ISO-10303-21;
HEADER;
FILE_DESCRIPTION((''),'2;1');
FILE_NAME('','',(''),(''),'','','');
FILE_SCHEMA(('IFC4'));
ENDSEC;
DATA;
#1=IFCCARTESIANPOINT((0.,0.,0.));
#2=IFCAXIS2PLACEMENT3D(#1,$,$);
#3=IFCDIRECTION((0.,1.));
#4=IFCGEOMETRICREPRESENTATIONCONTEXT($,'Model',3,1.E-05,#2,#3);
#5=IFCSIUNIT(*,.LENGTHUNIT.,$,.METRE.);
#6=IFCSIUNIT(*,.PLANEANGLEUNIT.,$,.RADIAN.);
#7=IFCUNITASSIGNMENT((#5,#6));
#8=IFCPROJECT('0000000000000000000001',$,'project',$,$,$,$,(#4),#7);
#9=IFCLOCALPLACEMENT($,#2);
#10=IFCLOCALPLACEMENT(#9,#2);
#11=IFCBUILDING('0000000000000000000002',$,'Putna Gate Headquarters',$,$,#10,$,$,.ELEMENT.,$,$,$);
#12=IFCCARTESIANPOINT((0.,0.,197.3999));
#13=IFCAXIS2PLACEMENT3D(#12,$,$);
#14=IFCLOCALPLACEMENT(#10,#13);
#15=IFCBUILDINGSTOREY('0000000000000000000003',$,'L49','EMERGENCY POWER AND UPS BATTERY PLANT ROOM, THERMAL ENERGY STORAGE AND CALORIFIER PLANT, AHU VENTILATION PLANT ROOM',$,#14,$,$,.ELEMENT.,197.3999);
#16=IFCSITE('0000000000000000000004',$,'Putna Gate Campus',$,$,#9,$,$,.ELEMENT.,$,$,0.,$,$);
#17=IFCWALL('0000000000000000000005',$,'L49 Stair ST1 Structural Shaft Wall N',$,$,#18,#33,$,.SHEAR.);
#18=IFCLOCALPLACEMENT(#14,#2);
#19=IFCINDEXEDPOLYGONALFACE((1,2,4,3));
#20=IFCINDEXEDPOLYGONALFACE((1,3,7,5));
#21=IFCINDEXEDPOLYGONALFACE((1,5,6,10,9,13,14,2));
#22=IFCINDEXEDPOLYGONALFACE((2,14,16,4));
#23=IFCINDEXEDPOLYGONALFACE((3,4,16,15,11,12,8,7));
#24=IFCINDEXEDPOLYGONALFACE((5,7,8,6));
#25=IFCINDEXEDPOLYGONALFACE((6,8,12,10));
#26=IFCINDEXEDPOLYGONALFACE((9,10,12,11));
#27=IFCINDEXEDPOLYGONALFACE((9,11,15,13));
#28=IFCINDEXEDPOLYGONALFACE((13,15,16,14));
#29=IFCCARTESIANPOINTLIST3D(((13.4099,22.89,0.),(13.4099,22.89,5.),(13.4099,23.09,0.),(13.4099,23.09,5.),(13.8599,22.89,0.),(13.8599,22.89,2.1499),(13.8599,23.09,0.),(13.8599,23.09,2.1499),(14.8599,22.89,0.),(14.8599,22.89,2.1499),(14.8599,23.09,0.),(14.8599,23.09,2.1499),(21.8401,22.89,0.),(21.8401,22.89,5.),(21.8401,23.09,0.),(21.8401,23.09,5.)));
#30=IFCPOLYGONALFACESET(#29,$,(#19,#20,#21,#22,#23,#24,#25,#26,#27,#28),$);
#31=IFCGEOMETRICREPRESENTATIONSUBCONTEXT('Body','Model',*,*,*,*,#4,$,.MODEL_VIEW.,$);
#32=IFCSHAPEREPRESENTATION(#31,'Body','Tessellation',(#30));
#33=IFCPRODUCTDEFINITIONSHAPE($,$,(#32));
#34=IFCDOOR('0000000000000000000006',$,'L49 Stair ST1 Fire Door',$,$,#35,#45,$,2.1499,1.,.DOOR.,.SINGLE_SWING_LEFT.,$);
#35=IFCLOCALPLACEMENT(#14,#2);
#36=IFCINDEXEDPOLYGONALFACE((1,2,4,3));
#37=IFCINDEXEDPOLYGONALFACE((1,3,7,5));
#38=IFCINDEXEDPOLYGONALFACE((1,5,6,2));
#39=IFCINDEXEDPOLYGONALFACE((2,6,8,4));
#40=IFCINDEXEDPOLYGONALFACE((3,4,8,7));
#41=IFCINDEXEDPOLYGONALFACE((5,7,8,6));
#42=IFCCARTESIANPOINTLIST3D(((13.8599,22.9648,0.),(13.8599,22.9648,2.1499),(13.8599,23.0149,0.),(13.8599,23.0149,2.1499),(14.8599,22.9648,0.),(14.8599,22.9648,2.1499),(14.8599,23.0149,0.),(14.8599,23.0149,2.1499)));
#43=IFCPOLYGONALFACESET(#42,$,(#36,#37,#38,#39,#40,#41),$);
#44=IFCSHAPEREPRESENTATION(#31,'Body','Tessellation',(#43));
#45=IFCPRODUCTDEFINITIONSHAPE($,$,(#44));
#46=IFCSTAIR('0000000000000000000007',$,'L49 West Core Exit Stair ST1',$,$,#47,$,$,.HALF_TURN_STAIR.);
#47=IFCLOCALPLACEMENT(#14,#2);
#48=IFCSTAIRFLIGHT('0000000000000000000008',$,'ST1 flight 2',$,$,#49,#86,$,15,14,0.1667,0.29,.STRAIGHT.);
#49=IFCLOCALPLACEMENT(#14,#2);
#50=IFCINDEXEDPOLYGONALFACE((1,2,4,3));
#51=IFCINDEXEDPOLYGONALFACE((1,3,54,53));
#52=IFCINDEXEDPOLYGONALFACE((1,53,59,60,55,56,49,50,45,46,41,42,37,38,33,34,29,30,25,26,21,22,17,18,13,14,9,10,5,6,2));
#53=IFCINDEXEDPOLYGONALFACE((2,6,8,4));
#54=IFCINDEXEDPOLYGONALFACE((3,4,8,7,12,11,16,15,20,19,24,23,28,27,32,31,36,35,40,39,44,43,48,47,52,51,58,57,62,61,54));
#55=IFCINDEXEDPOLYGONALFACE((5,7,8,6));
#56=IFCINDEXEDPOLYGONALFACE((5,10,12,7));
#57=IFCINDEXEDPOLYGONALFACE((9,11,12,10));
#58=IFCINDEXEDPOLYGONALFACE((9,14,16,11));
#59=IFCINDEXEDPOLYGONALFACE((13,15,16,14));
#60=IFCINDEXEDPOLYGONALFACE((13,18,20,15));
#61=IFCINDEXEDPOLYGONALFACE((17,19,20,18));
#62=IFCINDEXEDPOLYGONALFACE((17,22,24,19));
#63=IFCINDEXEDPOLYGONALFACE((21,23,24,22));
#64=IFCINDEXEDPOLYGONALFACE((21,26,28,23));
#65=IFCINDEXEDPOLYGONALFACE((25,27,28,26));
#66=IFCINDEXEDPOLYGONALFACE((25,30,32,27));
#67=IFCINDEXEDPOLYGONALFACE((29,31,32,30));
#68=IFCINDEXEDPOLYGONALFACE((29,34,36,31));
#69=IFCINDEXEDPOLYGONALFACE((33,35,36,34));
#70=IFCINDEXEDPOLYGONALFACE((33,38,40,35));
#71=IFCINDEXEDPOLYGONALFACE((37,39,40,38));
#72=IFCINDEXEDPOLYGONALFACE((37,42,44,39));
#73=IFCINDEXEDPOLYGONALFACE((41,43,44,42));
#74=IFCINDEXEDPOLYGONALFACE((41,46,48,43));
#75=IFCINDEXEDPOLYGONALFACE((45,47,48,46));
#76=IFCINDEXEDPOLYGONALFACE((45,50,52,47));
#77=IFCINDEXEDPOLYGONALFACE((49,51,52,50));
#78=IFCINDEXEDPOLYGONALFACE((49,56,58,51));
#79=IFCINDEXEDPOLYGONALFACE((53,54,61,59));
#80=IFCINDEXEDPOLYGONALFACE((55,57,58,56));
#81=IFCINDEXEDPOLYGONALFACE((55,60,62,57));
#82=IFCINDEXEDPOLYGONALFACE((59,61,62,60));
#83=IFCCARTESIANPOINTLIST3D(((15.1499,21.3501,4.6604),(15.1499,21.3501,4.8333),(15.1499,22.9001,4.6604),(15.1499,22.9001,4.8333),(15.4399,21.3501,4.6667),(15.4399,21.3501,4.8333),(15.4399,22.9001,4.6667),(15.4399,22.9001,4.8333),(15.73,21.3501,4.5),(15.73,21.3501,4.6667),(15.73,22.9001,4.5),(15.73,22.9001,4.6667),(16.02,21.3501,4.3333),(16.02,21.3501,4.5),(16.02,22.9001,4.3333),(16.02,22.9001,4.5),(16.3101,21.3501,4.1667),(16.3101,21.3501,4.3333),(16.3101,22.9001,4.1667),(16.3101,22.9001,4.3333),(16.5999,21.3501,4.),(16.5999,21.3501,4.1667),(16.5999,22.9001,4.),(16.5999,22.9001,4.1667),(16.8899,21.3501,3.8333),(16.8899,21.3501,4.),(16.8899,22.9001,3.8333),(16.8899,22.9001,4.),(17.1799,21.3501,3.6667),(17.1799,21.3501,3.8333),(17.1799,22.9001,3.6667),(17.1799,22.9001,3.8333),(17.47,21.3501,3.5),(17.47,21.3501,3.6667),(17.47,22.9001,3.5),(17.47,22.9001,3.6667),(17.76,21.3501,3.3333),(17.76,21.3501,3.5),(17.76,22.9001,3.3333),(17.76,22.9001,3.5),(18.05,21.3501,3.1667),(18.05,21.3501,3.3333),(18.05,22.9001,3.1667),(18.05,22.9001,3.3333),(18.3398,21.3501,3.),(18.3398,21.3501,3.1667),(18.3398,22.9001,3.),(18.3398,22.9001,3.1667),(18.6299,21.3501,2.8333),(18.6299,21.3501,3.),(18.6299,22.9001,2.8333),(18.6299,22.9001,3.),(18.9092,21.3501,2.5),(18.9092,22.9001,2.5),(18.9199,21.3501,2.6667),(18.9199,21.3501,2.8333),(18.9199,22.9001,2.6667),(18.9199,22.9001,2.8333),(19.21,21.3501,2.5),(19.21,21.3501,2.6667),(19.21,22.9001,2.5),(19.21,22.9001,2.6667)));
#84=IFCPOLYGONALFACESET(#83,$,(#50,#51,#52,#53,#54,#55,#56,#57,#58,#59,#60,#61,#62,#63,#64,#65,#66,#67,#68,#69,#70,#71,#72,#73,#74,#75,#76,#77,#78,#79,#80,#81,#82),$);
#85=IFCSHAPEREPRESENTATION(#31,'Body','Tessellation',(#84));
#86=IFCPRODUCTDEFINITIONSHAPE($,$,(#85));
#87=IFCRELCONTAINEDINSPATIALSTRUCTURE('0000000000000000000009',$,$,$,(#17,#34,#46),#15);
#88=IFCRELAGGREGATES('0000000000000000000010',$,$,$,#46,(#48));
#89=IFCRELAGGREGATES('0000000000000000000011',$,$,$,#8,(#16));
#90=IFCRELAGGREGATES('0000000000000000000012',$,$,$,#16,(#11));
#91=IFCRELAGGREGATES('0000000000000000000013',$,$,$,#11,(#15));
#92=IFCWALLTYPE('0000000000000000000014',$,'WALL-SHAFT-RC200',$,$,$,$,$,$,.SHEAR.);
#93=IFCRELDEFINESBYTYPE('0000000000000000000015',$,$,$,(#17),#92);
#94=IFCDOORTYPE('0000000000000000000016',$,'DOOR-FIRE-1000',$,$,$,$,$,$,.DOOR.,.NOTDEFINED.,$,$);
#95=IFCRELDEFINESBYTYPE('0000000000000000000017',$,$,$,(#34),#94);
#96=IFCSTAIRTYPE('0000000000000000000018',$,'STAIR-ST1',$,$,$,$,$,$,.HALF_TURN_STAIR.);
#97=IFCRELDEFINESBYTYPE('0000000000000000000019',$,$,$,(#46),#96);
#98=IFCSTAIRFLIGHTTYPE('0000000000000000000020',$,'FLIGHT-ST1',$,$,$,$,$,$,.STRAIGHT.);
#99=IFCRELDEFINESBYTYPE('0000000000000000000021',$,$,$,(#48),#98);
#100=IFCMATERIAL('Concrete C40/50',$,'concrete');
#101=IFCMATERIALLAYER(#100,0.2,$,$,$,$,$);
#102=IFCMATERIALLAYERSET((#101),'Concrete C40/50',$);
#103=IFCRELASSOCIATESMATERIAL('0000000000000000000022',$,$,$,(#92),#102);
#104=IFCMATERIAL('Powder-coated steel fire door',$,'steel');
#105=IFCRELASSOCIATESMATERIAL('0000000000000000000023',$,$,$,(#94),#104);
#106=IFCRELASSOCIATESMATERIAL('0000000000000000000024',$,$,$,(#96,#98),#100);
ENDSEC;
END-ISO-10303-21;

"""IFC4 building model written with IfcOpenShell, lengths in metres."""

from ifc_helpers import new_model, si_unit, direction, frame, frame_2d, origin, place, context, subcontext, project, spatial, polyline, rectangle, outline, extrude, material, layer, layer_set, type_object, element, fill, aggregate, save


model = new_model("IFC4")

# Units and contexts
model_context = context("Model", 3, precision=1e-05, world=origin(), true_north=direction((0.0, 1.0)))
body_context = subcontext(model_context, "Body", "Model", "MODEL_VIEW")
ifc_project = project(units=[si_unit("LENGTHUNIT", "METRE"), si_unit("PLANEANGLEUNIT", "RADIAN")], contexts=[model_context])

# Site, building, storey
site_placement = place(None, origin())
site = spatial("IfcSite", under=ifc_project, at=site_placement, Name="Putna Gate Campus", CompositionType="ELEMENT", RefElevation=0.0)
building_placement = place(site_placement, origin())
building = spatial("IfcBuilding", under=site, at=building_placement, Name="Putna Gate Headquarters", CompositionType="ELEMENT")
storey_placement = place(building_placement, frame((0.0, 0.0, 197.3999)))
storey = spatial("IfcBuildingStorey", under=building, at=storey_placement, Name="L49", Description="EMERGENCY POWER AND UPS BATTERY PLANT ROOM, THERMAL ENERGY STORAGE AND CALORIFIER PLANT, AHU VENTILATION PLANT ROOM", CompositionType="ELEMENT", Elevation=197.3999)

# Shared definitions
ifc_material_1 = material(Name="Concrete C40/50", Category="concrete")

# Wall, opening, door
ifc_layer_1 = layer(ifc_material_1, 0.2)
ifc_layer_set_1 = layer_set([ifc_layer_1], Name="Concrete C40/50")
wall_type_1 = type_object("IfcWallType", Name="WALL-SHAFT-RC200", PredefinedType="SHEAR", material=ifc_layer_set_1)
wall_1_placement = place(storey_placement, frame((13.4099, 22.99, 0.0), z_axis=(0.0, 0.0, 1.0), x_axis=(1.0, 0.0, 0.0)))
wall_1 = element("IfcWall", 1, at=wall_1_placement, inside=storey, type_object=wall_type_1, Name="L49 Stair ST1 Structural Shaft Wall N", PredefinedType="SHEAR", context=body_context, shape_type="SweptSolid", body=[
    extrude(rectangle(XDim=8.4302, YDim=0.2, at=frame_2d((4.2151, 0.0))), origin(), (0.0, 0.0, 1.0), 5.0),
])
opening_1_placement = place(wall_1_placement, frame((0.45, 0.0, 0.0)))
opening_1 = element("IfcOpeningElement", 2, at=opening_1_placement, cuts=wall_1, PredefinedType="OPENING", context=body_context, shape_type="SweptSolid", body=[
    extrude(rectangle(XDim=1.0, YDim=2.1499, at=frame_2d((0.5, 1.075))), frame((0.0, 0.1099, 0.0), z_axis=(0.0, -1.0, 0.0), x_axis=(1.0, 0.0, 0.0)), (0.0, 0.0, 1.0), 0.22),
])
ifc_material_2 = material(Name="Powder-coated steel fire door", Category="steel")
door_type_1 = type_object("IfcDoorType", Name="DOOR-FIRE-1000", OperationType="NOTDEFINED", PredefinedType="DOOR", material=ifc_material_2)
door_1_placement = place(opening_1_placement, origin())
door_1 = element("IfcDoor", 3, at=door_1_placement, inside=storey, type_object=door_type_1, Name="L49 Stair ST1 Fire Door", OperationType="SINGLE_SWING_LEFT", OverallHeight=2.1499, OverallWidth=1.0, PredefinedType="DOOR", context=body_context, shape_type="SweptSolid", body=[
    extrude(rectangle(XDim=1.0, YDim=2.1499, at=frame_2d((0.5, 1.075))), frame((0.0, 0.0249, 0.0), z_axis=(0.0, -1.0, 0.0), x_axis=(1.0, 0.0, 0.0)), (0.0, 0.0, 1.0), 0.05),
])
fill(opening_1, door_1)

# Stair, stair flight
stair_type = type_object("IfcStairType", Name="STAIR-ST1", PredefinedType="HALF_TURN_STAIR", material=ifc_material_1)
stair_placement = place(storey_placement, origin())
stair = element("IfcStair", 4, at=stair_placement, inside=storey, type_object=stair_type, Name="L49 West Core Exit Stair ST1", PredefinedType="HALF_TURN_STAIR")
stair_flight_type = type_object("IfcStairFlightType", Name="FLIGHT-ST1", PredefinedType="STRAIGHT", material=ifc_material_1)
stair_flight_placement = place(storey_placement, frame((19.21, 22.125, 2.5), z_axis=(0.0, 0.0, 1.0), x_axis=(-1.0, 0.0, 0.0)))
stair_flight = element("IfcStairFlight", 5, at=stair_flight_placement, type_object=stair_flight_type, Name="ST1 flight 2", NumberOfRisers=15, NumberOfTreads=14, PredefinedType="STRAIGHT", RiserHeight=0.1667, TreadLength=0.29, context=body_context, shape_type="SweptSolid", body=[
    extrude(outline(polyline([(0.0, 0.0), (0.0, 0.1667), (0.29, 0.1667), (0.29, 0.3333), (0.5801, 0.3333), (0.5801, 0.5), (0.8701, 0.5), (0.8701, 0.6667), (1.1599, 0.6667), (1.1599, 0.8333), (1.45, 0.8333), (1.45, 1.0), (1.74, 1.0), (1.74, 1.1667), (2.03, 1.1667), (2.03, 1.3333), (2.3201, 1.3333), (2.3201, 1.5), (2.6101, 1.5), (2.6101, 1.6667), (2.8999, 1.6667), (2.8999, 1.8333), (3.1899, 1.8333), (3.1899, 2.0), (3.48, 2.0), (3.48, 2.1667), (3.77, 2.1667), (3.77, 2.3333), (4.0601, 2.3333), (4.0601, 2.5), (4.0601, 2.1604), (0.3008, 0.0), (0.0, 0.0)])), frame((0.0, 0.7749, 0.0), z_axis=(0.0, -1.0, 0.0), x_axis=(1.0, 0.0, 0.0)), (0.0, 0.0, 1.0), 1.55),
])
aggregate(stair, [stair_flight])

save(model, "model.ifc")
